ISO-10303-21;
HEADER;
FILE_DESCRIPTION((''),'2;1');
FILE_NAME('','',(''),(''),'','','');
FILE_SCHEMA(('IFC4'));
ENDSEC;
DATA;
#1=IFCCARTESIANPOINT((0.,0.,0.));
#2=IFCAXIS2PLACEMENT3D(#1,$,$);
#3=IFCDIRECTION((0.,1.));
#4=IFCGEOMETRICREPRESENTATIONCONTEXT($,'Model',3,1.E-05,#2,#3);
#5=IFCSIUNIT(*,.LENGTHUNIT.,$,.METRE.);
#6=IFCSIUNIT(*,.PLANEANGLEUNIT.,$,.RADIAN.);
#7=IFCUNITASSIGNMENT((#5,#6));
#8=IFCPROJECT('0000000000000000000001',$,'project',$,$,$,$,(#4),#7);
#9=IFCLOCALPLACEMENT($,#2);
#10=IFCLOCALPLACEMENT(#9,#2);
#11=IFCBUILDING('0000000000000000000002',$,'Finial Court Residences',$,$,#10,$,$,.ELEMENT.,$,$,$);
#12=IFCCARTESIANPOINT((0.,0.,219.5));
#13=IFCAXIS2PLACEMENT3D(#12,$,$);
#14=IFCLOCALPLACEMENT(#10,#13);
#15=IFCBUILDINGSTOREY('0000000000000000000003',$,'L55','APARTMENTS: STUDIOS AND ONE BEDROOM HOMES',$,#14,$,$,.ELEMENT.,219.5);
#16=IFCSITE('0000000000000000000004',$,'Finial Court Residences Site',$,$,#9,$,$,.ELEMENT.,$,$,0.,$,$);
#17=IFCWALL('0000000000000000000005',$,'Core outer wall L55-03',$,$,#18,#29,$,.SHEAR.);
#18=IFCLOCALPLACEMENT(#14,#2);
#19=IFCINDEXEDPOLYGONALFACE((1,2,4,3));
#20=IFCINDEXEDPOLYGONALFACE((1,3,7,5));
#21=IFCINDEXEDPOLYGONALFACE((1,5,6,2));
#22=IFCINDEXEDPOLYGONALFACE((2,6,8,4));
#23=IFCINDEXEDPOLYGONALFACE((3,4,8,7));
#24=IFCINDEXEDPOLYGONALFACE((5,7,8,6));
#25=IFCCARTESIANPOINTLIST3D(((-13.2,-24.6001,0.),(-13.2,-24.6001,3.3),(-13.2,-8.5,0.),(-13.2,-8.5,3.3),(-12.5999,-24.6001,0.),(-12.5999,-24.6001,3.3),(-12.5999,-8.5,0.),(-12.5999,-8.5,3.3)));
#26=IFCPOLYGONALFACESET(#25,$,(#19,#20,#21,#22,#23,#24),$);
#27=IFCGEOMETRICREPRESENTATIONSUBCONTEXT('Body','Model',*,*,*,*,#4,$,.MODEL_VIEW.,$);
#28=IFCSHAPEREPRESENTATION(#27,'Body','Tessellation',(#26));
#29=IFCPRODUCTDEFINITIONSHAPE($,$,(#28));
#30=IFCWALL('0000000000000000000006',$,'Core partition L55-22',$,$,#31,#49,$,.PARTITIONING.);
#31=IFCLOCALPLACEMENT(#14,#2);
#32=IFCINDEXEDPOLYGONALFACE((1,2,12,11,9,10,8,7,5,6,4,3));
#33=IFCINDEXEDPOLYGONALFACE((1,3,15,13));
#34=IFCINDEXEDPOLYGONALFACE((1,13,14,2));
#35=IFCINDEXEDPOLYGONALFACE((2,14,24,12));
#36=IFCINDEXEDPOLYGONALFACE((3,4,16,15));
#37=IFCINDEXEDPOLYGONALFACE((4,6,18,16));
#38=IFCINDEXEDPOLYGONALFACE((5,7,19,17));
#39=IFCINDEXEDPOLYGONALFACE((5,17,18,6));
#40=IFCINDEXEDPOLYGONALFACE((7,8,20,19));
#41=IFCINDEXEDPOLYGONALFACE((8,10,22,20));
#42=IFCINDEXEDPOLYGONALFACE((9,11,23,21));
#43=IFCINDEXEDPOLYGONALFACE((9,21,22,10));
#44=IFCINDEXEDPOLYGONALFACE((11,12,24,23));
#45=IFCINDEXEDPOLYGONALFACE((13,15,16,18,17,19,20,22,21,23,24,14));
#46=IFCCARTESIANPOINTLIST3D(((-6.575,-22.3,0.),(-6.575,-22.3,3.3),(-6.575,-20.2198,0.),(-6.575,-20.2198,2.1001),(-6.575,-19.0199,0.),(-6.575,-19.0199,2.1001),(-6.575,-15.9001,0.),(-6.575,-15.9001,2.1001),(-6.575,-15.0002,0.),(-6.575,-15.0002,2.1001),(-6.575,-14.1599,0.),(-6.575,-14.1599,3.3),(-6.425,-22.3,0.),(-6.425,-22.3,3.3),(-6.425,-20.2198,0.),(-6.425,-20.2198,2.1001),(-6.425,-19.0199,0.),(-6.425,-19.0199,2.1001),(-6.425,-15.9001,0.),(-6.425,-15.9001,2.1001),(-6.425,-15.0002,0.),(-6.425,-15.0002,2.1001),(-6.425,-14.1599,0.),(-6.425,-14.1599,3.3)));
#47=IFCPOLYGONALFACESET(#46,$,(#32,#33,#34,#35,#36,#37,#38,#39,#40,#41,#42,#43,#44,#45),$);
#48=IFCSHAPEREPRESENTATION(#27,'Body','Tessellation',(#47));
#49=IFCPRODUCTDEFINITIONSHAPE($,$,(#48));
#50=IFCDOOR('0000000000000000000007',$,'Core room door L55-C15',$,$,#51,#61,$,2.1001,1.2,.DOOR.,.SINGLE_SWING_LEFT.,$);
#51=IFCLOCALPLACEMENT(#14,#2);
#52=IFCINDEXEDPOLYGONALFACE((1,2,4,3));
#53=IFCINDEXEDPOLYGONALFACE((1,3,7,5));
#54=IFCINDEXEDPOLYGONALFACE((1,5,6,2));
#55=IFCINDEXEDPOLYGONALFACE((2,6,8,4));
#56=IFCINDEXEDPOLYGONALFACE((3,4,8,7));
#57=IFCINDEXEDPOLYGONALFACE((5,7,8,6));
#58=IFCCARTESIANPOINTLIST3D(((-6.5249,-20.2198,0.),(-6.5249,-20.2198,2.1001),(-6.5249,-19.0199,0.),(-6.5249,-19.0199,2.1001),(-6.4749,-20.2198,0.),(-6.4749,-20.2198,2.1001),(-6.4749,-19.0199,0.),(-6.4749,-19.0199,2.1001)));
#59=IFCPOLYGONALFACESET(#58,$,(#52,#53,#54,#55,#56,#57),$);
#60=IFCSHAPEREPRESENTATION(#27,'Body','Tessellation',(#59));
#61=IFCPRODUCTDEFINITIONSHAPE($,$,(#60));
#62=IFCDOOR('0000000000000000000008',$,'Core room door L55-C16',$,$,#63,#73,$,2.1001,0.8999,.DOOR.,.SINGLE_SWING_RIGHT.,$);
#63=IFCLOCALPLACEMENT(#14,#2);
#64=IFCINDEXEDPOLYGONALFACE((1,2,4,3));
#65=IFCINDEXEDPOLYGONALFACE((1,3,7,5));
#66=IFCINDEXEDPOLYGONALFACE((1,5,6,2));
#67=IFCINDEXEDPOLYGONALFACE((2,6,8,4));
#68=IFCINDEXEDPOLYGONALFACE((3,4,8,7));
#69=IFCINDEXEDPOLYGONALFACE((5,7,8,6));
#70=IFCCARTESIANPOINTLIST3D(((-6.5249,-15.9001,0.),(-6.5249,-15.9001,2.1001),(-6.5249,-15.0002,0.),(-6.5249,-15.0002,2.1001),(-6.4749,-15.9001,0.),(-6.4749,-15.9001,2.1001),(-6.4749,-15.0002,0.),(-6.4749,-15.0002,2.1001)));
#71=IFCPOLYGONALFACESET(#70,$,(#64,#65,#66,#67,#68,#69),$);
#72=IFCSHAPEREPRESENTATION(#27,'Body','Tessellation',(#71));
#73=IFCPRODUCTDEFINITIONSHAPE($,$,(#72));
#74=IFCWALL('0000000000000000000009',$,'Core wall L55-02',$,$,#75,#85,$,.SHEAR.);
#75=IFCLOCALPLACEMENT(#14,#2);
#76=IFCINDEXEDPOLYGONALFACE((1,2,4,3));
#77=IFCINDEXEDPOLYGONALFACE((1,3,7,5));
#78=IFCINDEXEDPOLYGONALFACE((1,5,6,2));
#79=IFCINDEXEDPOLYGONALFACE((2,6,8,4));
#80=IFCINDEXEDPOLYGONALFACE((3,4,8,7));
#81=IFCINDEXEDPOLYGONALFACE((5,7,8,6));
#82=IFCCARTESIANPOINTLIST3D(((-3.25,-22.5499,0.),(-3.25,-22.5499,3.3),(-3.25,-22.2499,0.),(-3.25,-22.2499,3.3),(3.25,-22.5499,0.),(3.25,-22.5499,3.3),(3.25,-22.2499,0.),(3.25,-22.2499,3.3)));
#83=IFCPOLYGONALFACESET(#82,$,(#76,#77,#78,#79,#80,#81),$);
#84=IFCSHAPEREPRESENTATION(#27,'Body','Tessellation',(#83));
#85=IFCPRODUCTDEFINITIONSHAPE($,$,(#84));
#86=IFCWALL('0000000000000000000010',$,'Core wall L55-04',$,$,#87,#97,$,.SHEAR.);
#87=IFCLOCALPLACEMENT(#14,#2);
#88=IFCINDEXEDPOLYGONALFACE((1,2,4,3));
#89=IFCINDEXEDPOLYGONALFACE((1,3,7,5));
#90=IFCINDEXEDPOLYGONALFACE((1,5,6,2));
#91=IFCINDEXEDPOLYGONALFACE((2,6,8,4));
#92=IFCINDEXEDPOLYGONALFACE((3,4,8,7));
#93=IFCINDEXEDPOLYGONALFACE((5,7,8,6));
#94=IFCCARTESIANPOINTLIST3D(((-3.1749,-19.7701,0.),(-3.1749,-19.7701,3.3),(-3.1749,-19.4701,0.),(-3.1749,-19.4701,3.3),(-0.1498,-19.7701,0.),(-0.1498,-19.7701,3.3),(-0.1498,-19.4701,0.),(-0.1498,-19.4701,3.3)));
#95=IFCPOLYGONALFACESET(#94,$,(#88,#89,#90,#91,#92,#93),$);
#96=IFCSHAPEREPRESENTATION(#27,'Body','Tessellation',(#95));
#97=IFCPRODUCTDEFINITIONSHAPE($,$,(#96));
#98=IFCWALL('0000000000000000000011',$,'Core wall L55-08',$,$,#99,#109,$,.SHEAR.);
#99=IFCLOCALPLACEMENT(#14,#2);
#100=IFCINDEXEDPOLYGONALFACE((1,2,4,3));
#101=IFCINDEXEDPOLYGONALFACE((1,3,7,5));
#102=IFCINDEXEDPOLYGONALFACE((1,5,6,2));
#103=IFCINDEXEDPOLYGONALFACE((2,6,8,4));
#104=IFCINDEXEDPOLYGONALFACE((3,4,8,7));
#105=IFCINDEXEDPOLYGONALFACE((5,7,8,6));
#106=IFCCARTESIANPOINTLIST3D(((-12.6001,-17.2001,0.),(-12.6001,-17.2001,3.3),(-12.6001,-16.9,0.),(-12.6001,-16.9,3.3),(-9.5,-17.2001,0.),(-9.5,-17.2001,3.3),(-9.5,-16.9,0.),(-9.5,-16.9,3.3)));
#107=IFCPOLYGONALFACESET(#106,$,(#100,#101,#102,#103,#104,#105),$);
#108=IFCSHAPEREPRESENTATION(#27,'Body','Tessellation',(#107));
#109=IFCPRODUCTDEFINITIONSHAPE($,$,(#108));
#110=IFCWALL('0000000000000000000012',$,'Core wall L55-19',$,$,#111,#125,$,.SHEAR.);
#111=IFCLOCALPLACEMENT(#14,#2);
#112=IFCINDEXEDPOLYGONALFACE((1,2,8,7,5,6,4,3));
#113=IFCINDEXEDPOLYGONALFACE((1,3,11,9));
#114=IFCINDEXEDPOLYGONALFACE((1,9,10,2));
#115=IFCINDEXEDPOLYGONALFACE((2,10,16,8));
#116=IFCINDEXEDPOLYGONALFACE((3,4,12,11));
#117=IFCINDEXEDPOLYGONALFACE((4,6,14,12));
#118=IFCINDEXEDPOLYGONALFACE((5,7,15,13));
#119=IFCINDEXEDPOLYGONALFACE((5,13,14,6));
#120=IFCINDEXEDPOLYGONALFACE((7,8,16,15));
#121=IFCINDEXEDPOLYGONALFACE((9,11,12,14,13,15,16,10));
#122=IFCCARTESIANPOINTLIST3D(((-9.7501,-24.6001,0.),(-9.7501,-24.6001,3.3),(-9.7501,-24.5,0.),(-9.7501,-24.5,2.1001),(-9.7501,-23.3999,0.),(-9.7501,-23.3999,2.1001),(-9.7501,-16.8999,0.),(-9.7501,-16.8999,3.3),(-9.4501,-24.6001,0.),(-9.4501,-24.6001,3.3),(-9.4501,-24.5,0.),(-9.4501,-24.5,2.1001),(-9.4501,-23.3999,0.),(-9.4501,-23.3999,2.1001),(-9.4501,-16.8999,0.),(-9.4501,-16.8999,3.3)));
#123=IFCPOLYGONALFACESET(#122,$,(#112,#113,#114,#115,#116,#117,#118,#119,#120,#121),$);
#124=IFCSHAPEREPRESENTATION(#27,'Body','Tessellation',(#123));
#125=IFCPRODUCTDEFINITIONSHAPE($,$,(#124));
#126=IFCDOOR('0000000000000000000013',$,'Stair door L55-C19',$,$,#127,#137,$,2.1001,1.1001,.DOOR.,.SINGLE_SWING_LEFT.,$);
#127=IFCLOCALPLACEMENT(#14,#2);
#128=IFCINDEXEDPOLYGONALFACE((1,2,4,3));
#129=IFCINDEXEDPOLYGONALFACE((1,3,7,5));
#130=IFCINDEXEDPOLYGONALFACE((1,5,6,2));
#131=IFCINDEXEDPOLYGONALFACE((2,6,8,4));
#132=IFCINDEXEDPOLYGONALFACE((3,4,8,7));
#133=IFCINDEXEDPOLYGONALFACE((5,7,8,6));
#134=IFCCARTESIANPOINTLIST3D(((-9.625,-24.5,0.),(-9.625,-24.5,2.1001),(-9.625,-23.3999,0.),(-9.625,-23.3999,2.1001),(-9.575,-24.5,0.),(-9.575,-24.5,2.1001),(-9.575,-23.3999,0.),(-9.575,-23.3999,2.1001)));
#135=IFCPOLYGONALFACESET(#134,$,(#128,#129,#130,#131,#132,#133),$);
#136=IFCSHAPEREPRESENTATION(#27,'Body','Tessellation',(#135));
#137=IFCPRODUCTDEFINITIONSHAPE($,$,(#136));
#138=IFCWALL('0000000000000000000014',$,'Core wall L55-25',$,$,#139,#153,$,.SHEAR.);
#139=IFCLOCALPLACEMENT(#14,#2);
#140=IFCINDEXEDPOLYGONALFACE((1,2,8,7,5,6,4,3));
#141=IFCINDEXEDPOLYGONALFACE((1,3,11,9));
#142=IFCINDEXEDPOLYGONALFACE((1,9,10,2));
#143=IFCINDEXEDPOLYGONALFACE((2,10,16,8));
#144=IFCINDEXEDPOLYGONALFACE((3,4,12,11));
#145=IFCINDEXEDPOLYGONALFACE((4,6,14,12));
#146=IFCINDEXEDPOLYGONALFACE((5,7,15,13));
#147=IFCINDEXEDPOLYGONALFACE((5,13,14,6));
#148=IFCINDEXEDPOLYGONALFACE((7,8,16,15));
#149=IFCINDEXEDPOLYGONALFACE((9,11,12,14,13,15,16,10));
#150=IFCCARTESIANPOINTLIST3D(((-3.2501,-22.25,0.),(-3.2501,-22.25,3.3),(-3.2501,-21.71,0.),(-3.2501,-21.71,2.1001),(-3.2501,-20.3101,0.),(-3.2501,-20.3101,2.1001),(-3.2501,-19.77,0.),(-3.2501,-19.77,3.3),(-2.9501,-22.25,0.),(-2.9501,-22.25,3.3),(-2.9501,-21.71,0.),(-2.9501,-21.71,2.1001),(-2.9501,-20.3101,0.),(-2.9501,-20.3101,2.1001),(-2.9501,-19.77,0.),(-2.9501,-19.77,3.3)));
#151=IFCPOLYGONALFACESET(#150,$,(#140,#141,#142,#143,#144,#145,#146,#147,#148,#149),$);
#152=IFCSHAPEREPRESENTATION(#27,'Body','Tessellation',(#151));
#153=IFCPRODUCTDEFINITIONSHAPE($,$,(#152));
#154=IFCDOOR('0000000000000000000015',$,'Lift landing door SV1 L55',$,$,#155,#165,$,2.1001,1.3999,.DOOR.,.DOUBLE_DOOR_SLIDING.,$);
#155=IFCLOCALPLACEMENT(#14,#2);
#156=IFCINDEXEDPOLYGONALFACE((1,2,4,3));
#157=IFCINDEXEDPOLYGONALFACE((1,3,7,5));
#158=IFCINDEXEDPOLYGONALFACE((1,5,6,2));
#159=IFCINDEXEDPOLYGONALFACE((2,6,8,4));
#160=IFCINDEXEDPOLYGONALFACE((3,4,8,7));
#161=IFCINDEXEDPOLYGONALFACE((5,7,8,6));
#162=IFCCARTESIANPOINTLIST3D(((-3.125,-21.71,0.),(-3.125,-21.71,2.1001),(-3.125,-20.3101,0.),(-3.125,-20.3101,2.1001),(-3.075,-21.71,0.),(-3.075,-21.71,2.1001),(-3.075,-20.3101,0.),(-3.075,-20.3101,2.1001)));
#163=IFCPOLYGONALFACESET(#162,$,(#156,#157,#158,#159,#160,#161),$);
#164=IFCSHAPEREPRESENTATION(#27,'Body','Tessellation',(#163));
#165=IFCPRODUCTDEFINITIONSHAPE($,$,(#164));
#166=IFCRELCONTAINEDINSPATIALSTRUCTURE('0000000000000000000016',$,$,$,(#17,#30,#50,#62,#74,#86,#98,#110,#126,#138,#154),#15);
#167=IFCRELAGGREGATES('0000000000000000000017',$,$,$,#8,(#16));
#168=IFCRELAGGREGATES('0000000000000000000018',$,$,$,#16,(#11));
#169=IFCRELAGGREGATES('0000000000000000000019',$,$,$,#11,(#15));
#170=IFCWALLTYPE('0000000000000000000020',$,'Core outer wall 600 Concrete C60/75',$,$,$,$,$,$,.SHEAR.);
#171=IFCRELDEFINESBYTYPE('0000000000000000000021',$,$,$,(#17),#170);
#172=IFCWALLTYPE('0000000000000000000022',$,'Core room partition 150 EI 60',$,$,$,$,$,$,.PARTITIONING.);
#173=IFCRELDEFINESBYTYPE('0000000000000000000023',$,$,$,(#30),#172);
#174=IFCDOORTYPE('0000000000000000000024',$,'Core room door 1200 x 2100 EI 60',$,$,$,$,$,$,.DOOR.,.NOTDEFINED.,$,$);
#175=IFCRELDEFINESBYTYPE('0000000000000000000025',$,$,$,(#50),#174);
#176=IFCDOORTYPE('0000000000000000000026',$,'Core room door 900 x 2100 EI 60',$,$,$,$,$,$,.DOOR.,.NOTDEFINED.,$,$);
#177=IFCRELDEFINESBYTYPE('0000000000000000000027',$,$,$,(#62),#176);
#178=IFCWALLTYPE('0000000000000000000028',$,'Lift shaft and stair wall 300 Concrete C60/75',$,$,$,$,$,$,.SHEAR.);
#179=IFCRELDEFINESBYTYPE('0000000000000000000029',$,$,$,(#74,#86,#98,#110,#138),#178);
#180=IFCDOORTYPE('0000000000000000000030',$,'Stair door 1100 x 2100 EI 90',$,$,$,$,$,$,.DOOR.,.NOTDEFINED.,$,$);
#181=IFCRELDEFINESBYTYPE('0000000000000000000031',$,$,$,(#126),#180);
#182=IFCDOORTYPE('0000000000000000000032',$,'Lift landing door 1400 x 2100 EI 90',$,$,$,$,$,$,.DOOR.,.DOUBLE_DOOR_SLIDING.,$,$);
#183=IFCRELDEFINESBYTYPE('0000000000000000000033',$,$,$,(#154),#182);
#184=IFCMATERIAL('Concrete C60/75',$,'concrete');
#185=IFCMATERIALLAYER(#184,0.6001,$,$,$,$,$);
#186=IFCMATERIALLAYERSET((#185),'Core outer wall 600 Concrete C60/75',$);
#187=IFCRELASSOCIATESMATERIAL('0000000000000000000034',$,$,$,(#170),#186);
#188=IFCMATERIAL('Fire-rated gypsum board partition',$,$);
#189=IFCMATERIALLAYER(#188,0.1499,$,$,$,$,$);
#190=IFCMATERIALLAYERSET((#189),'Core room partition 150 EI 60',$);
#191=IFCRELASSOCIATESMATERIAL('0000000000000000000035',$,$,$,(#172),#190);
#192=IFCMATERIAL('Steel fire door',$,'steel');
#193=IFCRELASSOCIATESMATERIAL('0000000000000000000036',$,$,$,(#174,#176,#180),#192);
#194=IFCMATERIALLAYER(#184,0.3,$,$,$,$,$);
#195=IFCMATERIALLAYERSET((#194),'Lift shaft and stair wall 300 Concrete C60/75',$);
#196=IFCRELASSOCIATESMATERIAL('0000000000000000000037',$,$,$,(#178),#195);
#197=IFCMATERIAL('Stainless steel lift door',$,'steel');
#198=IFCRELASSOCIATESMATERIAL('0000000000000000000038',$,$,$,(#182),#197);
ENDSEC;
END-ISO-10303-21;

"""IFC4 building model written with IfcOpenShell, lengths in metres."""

from ifc_helpers import new_model, si_unit, direction, frame, frame_2d, origin, place, context, subcontext, project, spatial, rectangle, extrude, material, layer, layer_set, type_object, element, fill, save


model = new_model("IFC4")

# Units and contexts
model_context = context("Model", 3, precision=1e-05, world=origin(), true_north=direction((0.0, 1.0)))
body_context = subcontext(model_context, "Body", "Model", "MODEL_VIEW")
ifc_project = project(units=[si_unit("LENGTHUNIT", "METRE"), si_unit("PLANEANGLEUNIT", "RADIAN")], contexts=[model_context])

# Site, building, storey
site_placement = place(None, origin())
site = spatial("IfcSite", under=ifc_project, at=site_placement, Name="Finial Court Residences Site", CompositionType="ELEMENT", RefElevation=0.0)
building_placement = place(site_placement, origin())
building = spatial("IfcBuilding", under=site, at=building_placement, Name="Finial Court Residences", CompositionType="ELEMENT")
storey_placement = place(building_placement, frame((0.0, 0.0, 219.5)))
storey = spatial("IfcBuildingStorey", under=building, at=storey_placement, Name="L55", Description="APARTMENTS: STUDIOS AND ONE BEDROOM HOMES", CompositionType="ELEMENT", Elevation=219.5)

# Wall
ifc_material_1 = material(Name="Concrete C60/75", Category="concrete")
ifc_layer_1 = layer(ifc_material_1, 0.6001)
ifc_layer_set_1 = layer_set([ifc_layer_1], Name="Core outer wall 600 Concrete C60/75")
wall_type_1 = type_object("IfcWallType", Name="Core outer wall 600 Concrete C60/75", PredefinedType="SHEAR", material=ifc_layer_set_1)
wall_1_placement = place(storey_placement, frame((-12.8999, -24.6001, 0.0), z_axis=(0.0, 0.0, 1.0), x_axis=(0.0, 1.0, 0.0)))
element("IfcWall", 1, at=wall_1_placement, inside=storey, type_object=wall_type_1, Name="Core outer wall L55-03", PredefinedType="SHEAR", context=body_context, shape_type="SweptSolid", body=[
    extrude(rectangle(XDim=16.1001, YDim=0.6001, at=frame_2d((8.05, 0.0))), origin(), (0.0, 0.0, 1.0), 3.3),
])

# Wall, openings, doors
ifc_material_2 = material(Name="Fire-rated gypsum board partition")
ifc_layer_2 = layer(ifc_material_2, 0.1499)
ifc_layer_set_2 = layer_set([ifc_layer_2], Name="Core room partition 150 EI 60")
wall_type_2 = type_object("IfcWallType", Name="Core room partition 150 EI 60", PredefinedType="PARTITIONING", material=ifc_layer_set_2)
wall_2_placement = place(storey_placement, frame((-6.5, -22.3, 0.0), z_axis=(0.0, 0.0, 1.0), x_axis=(0.0, 1.0, 0.0)))
wall_2 = element("IfcWall", 2, at=wall_2_placement, inside=storey, type_object=wall_type_2, Name="Core partition L55-22", PredefinedType="PARTITIONING", context=body_context, shape_type="SweptSolid", body=[
    extrude(rectangle(XDim=8.1401, YDim=0.1499, at=frame_2d((4.0701, 0.0))), origin(), (0.0, 0.0, 1.0), 3.3),
])
opening_1_placement = place(wall_2_placement, frame((2.0801, 0.0, 0.0)))
opening_1 = element("IfcOpeningElement", 3, at=opening_1_placement, cuts=wall_2, PredefinedType="OPENING", context=body_context, shape_type="SweptSolid", body=[
    extrude(rectangle(XDim=1.2, YDim=2.1001, at=frame_2d((0.6001, 1.05))), frame((0.0, 0.085, 0.0), z_axis=(0.0, -1.0, 0.0), x_axis=(1.0, 0.0, 0.0)), (0.0, 0.0, 1.0), 0.1699),
])
opening_2_placement = place(wall_2_placement, frame((6.3999, 0.0, 0.0)))
opening_2 = element("IfcOpeningElement", 4, at=opening_2_placement, cuts=wall_2, PredefinedType="OPENING", context=body_context, shape_type="SweptSolid", body=[
    extrude(rectangle(XDim=0.8999, YDim=2.1001, at=frame_2d((0.45, 1.05))), frame((0.0, 0.085, 0.0), z_axis=(0.0, -1.0, 0.0), x_axis=(1.0, 0.0, 0.0)), (0.0, 0.0, 1.0), 0.1699),
])
ifc_material_3 = material(Name="Steel fire door", Category="steel")
door_type_1 = type_object("IfcDoorType", Name="Core room door 1200 x 2100 EI 60", OperationType="NOTDEFINED", PredefinedType="DOOR", material=ifc_material_3)
door_1_placement = place(opening_1_placement, origin())
door_1 = element("IfcDoor", 5, at=door_1_placement, inside=storey, type_object=door_type_1, Name="Core room door L55-C15", OperationType="SINGLE_SWING_LEFT", OverallHeight=2.1001, OverallWidth=1.2, PredefinedType="DOOR", context=body_context, shape_type="SweptSolid", body=[
    extrude(rectangle(XDim=1.2, YDim=2.1001, at=frame_2d((0.6001, 1.05))), frame((0.0, 0.0249, 0.0), z_axis=(0.0, -1.0, 0.0), x_axis=(1.0, 0.0, 0.0)), (0.0, 0.0, 1.0), 0.05),
])
fill(opening_1, door_1)
door_type_2 = type_object("IfcDoorType", Name="Core room door 900 x 2100 EI 60", OperationType="NOTDEFINED", PredefinedType="DOOR", material=ifc_material_3)
door_2_placement = place(opening_2_placement, origin())
door_2 = element("IfcDoor", 6, at=door_2_placement, inside=storey, type_object=door_type_2, Name="Core room door L55-C16", OperationType="SINGLE_SWING_RIGHT", OverallHeight=2.1001, OverallWidth=0.8999, PredefinedType="DOOR", context=body_context, shape_type="SweptSolid", body=[
    extrude(rectangle(XDim=0.8999, YDim=2.1001, at=frame_2d((0.45, 1.05))), frame((0.0, 0.0249, 0.0), z_axis=(0.0, -1.0, 0.0), x_axis=(1.0, 0.0, 0.0)), (0.0, 0.0, 1.0), 0.05),
])
fill(opening_2, door_2)

# Walls
ifc_layer_3 = layer(ifc_material_1, 0.3)
ifc_layer_set_3 = layer_set([ifc_layer_3], Name="Lift shaft and stair wall 300 Concrete C60/75")
wall_type_3 = type_object("IfcWallType", Name="Lift shaft and stair wall 300 Concrete C60/75", PredefinedType="SHEAR", material=ifc_layer_set_3)
wall_3_placement = place(storey_placement, frame((-3.25, -22.3999, 0.0), z_axis=(0.0, 0.0, 1.0), x_axis=(1.0, 0.0, 0.0)))
element("IfcWall", 7, at=wall_3_placement, inside=storey, type_object=wall_type_3, Name="Core wall L55-02", PredefinedType="SHEAR", context=body_context, shape_type="SweptSolid", body=[
    extrude(rectangle(XDim=6.5, YDim=0.3, at=frame_2d((3.25, 0.0))), origin(), (0.0, 0.0, 1.0), 3.3),
])
wall_4_placement = place(storey_placement, frame((-3.175, -19.6201, 0.0), z_axis=(0.0, 0.0, 1.0), x_axis=(1.0, 0.0, 0.0)))
element("IfcWall", 8, at=wall_4_placement, inside=storey, type_object=wall_type_3, Name="Core wall L55-04", PredefinedType="SHEAR", context=body_context, shape_type="SweptSolid", body=[
    extrude(rectangle(XDim=3.0251, YDim=0.3, at=frame_2d((1.5127, 0.0))), origin(), (0.0, 0.0, 1.0), 3.3),
])
wall_5_placement = place(storey_placement, frame((-12.6001, -17.05, 0.0), z_axis=(0.0, 0.0, 1.0), x_axis=(1.0, 0.0, 0.0)))
element("IfcWall", 9, at=wall_5_placement, inside=storey, type_object=wall_type_3, Name="Core wall L55-08", PredefinedType="SHEAR", context=body_context, shape_type="SweptSolid", body=[
    extrude(rectangle(XDim=3.1001, YDim=0.3, at=frame_2d((1.55, 0.0))), origin(), (0.0, 0.0, 1.0), 3.3),
])

# Walls, openings, doors
wall_6_placement = place(storey_placement, frame((-9.6001, -24.6001, 0.0), z_axis=(0.0, 0.0, 1.0), x_axis=(0.0, 1.0, 0.0)))
wall_6 = element("IfcWall", 10, at=wall_6_placement, inside=storey, type_object=wall_type_3, Name="Core wall L55-19", PredefinedType="SHEAR", context=body_context, shape_type="SweptSolid", body=[
    extrude(rectangle(XDim=7.7002, YDim=0.3, at=frame_2d((3.8501, 0.0))), origin(), (0.0, 0.0, 1.0), 3.3),
])
opening_3_placement = place(wall_6_placement, frame((0.1001, 0.0, 0.0)))
opening_3 = element("IfcOpeningElement", 11, at=opening_3_placement, cuts=wall_6, PredefinedType="OPENING", context=body_context, shape_type="SweptSolid", body=[
    extrude(rectangle(XDim=1.1001, YDim=2.1001, at=frame_2d((0.55, 1.05))), frame((0.0, 0.1599, 0.0), z_axis=(0.0, -1.0, 0.0), x_axis=(1.0, 0.0, 0.0)), (0.0, 0.0, 1.0), 0.3201),
])
door_type_3 = type_object("IfcDoorType", Name="Stair door 1100 x 2100 EI 90", OperationType="NOTDEFINED", PredefinedType="DOOR", material=ifc_material_3)
door_3_placement = place(opening_3_placement, origin())
door_3 = element("IfcDoor", 12, at=door_3_placement, inside=storey, type_object=door_type_3, Name="Stair door L55-C19", OperationType="SINGLE_SWING_LEFT", OverallHeight=2.1001, OverallWidth=1.1001, PredefinedType="DOOR", context=body_context, shape_type="SweptSolid", body=[
    extrude(rectangle(XDim=1.1001, YDim=2.1001, at=frame_2d((0.55, 1.05))), frame((0.0, 0.0249, 0.0), z_axis=(0.0, -1.0, 0.0), x_axis=(1.0, 0.0, 0.0)), (0.0, 0.0, 1.0), 0.05),
])
fill(opening_3, door_3)
wall_7_placement = place(storey_placement, frame((-3.1001, -22.25, 0.0), z_axis=(0.0, 0.0, 1.0), x_axis=(0.0, 1.0, 0.0)))
wall_7 = element("IfcWall", 13, at=wall_7_placement, inside=storey, type_object=wall_type_3, Name="Core wall L55-25", PredefinedType="SHEAR", context=body_context, shape_type="SweptSolid", body=[
    extrude(rectangle(XDim=2.48, YDim=0.3, at=frame_2d((1.24, 0.0))), origin(), (0.0, 0.0, 1.0), 3.3),
])
opening_4_placement = place(wall_7_placement, frame((0.54, 0.0, 0.0)))
opening_4 = element("IfcOpeningElement", 14, at=opening_4_placement, cuts=wall_7, PredefinedType="OPENING", context=body_context, shape_type="SweptSolid", body=[
    extrude(rectangle(XDim=1.3999, YDim=2.1001, at=frame_2d((0.7, 1.05))), frame((0.0, 0.1599, 0.0), z_axis=(0.0, -1.0, 0.0), x_axis=(1.0, 0.0, 0.0)), (0.0, 0.0, 1.0), 0.3201),
])
ifc_material_4 = material(Name="Stainless steel lift door", Category="steel")
door_type_4 = type_object("IfcDoorType", Name="Lift landing door 1400 x 2100 EI 90", OperationType="DOUBLE_DOOR_SLIDING", PredefinedType="DOOR", material=ifc_material_4)
door_4_placement = place(opening_4_placement, origin())
door_4 = element("IfcDoor", 15, at=door_4_placement, inside=storey, type_object=door_type_4, Name="Lift landing door SV1 L55", OperationType="DOUBLE_DOOR_SLIDING", OverallHeight=2.1001, OverallWidth=1.3999, PredefinedType="DOOR", context=body_context, shape_type="SweptSolid", body=[
    extrude(rectangle(XDim=1.3999, YDim=2.1001, at=frame_2d((0.7, 1.05))), frame((0.0, 0.0249, 0.0), z_axis=(0.0, -1.0, 0.0), x_axis=(1.0, 0.0, 0.0)), (0.0, 0.0, 1.0), 0.05),
])
fill(opening_4, door_4)

save(model, "model.ifc")
